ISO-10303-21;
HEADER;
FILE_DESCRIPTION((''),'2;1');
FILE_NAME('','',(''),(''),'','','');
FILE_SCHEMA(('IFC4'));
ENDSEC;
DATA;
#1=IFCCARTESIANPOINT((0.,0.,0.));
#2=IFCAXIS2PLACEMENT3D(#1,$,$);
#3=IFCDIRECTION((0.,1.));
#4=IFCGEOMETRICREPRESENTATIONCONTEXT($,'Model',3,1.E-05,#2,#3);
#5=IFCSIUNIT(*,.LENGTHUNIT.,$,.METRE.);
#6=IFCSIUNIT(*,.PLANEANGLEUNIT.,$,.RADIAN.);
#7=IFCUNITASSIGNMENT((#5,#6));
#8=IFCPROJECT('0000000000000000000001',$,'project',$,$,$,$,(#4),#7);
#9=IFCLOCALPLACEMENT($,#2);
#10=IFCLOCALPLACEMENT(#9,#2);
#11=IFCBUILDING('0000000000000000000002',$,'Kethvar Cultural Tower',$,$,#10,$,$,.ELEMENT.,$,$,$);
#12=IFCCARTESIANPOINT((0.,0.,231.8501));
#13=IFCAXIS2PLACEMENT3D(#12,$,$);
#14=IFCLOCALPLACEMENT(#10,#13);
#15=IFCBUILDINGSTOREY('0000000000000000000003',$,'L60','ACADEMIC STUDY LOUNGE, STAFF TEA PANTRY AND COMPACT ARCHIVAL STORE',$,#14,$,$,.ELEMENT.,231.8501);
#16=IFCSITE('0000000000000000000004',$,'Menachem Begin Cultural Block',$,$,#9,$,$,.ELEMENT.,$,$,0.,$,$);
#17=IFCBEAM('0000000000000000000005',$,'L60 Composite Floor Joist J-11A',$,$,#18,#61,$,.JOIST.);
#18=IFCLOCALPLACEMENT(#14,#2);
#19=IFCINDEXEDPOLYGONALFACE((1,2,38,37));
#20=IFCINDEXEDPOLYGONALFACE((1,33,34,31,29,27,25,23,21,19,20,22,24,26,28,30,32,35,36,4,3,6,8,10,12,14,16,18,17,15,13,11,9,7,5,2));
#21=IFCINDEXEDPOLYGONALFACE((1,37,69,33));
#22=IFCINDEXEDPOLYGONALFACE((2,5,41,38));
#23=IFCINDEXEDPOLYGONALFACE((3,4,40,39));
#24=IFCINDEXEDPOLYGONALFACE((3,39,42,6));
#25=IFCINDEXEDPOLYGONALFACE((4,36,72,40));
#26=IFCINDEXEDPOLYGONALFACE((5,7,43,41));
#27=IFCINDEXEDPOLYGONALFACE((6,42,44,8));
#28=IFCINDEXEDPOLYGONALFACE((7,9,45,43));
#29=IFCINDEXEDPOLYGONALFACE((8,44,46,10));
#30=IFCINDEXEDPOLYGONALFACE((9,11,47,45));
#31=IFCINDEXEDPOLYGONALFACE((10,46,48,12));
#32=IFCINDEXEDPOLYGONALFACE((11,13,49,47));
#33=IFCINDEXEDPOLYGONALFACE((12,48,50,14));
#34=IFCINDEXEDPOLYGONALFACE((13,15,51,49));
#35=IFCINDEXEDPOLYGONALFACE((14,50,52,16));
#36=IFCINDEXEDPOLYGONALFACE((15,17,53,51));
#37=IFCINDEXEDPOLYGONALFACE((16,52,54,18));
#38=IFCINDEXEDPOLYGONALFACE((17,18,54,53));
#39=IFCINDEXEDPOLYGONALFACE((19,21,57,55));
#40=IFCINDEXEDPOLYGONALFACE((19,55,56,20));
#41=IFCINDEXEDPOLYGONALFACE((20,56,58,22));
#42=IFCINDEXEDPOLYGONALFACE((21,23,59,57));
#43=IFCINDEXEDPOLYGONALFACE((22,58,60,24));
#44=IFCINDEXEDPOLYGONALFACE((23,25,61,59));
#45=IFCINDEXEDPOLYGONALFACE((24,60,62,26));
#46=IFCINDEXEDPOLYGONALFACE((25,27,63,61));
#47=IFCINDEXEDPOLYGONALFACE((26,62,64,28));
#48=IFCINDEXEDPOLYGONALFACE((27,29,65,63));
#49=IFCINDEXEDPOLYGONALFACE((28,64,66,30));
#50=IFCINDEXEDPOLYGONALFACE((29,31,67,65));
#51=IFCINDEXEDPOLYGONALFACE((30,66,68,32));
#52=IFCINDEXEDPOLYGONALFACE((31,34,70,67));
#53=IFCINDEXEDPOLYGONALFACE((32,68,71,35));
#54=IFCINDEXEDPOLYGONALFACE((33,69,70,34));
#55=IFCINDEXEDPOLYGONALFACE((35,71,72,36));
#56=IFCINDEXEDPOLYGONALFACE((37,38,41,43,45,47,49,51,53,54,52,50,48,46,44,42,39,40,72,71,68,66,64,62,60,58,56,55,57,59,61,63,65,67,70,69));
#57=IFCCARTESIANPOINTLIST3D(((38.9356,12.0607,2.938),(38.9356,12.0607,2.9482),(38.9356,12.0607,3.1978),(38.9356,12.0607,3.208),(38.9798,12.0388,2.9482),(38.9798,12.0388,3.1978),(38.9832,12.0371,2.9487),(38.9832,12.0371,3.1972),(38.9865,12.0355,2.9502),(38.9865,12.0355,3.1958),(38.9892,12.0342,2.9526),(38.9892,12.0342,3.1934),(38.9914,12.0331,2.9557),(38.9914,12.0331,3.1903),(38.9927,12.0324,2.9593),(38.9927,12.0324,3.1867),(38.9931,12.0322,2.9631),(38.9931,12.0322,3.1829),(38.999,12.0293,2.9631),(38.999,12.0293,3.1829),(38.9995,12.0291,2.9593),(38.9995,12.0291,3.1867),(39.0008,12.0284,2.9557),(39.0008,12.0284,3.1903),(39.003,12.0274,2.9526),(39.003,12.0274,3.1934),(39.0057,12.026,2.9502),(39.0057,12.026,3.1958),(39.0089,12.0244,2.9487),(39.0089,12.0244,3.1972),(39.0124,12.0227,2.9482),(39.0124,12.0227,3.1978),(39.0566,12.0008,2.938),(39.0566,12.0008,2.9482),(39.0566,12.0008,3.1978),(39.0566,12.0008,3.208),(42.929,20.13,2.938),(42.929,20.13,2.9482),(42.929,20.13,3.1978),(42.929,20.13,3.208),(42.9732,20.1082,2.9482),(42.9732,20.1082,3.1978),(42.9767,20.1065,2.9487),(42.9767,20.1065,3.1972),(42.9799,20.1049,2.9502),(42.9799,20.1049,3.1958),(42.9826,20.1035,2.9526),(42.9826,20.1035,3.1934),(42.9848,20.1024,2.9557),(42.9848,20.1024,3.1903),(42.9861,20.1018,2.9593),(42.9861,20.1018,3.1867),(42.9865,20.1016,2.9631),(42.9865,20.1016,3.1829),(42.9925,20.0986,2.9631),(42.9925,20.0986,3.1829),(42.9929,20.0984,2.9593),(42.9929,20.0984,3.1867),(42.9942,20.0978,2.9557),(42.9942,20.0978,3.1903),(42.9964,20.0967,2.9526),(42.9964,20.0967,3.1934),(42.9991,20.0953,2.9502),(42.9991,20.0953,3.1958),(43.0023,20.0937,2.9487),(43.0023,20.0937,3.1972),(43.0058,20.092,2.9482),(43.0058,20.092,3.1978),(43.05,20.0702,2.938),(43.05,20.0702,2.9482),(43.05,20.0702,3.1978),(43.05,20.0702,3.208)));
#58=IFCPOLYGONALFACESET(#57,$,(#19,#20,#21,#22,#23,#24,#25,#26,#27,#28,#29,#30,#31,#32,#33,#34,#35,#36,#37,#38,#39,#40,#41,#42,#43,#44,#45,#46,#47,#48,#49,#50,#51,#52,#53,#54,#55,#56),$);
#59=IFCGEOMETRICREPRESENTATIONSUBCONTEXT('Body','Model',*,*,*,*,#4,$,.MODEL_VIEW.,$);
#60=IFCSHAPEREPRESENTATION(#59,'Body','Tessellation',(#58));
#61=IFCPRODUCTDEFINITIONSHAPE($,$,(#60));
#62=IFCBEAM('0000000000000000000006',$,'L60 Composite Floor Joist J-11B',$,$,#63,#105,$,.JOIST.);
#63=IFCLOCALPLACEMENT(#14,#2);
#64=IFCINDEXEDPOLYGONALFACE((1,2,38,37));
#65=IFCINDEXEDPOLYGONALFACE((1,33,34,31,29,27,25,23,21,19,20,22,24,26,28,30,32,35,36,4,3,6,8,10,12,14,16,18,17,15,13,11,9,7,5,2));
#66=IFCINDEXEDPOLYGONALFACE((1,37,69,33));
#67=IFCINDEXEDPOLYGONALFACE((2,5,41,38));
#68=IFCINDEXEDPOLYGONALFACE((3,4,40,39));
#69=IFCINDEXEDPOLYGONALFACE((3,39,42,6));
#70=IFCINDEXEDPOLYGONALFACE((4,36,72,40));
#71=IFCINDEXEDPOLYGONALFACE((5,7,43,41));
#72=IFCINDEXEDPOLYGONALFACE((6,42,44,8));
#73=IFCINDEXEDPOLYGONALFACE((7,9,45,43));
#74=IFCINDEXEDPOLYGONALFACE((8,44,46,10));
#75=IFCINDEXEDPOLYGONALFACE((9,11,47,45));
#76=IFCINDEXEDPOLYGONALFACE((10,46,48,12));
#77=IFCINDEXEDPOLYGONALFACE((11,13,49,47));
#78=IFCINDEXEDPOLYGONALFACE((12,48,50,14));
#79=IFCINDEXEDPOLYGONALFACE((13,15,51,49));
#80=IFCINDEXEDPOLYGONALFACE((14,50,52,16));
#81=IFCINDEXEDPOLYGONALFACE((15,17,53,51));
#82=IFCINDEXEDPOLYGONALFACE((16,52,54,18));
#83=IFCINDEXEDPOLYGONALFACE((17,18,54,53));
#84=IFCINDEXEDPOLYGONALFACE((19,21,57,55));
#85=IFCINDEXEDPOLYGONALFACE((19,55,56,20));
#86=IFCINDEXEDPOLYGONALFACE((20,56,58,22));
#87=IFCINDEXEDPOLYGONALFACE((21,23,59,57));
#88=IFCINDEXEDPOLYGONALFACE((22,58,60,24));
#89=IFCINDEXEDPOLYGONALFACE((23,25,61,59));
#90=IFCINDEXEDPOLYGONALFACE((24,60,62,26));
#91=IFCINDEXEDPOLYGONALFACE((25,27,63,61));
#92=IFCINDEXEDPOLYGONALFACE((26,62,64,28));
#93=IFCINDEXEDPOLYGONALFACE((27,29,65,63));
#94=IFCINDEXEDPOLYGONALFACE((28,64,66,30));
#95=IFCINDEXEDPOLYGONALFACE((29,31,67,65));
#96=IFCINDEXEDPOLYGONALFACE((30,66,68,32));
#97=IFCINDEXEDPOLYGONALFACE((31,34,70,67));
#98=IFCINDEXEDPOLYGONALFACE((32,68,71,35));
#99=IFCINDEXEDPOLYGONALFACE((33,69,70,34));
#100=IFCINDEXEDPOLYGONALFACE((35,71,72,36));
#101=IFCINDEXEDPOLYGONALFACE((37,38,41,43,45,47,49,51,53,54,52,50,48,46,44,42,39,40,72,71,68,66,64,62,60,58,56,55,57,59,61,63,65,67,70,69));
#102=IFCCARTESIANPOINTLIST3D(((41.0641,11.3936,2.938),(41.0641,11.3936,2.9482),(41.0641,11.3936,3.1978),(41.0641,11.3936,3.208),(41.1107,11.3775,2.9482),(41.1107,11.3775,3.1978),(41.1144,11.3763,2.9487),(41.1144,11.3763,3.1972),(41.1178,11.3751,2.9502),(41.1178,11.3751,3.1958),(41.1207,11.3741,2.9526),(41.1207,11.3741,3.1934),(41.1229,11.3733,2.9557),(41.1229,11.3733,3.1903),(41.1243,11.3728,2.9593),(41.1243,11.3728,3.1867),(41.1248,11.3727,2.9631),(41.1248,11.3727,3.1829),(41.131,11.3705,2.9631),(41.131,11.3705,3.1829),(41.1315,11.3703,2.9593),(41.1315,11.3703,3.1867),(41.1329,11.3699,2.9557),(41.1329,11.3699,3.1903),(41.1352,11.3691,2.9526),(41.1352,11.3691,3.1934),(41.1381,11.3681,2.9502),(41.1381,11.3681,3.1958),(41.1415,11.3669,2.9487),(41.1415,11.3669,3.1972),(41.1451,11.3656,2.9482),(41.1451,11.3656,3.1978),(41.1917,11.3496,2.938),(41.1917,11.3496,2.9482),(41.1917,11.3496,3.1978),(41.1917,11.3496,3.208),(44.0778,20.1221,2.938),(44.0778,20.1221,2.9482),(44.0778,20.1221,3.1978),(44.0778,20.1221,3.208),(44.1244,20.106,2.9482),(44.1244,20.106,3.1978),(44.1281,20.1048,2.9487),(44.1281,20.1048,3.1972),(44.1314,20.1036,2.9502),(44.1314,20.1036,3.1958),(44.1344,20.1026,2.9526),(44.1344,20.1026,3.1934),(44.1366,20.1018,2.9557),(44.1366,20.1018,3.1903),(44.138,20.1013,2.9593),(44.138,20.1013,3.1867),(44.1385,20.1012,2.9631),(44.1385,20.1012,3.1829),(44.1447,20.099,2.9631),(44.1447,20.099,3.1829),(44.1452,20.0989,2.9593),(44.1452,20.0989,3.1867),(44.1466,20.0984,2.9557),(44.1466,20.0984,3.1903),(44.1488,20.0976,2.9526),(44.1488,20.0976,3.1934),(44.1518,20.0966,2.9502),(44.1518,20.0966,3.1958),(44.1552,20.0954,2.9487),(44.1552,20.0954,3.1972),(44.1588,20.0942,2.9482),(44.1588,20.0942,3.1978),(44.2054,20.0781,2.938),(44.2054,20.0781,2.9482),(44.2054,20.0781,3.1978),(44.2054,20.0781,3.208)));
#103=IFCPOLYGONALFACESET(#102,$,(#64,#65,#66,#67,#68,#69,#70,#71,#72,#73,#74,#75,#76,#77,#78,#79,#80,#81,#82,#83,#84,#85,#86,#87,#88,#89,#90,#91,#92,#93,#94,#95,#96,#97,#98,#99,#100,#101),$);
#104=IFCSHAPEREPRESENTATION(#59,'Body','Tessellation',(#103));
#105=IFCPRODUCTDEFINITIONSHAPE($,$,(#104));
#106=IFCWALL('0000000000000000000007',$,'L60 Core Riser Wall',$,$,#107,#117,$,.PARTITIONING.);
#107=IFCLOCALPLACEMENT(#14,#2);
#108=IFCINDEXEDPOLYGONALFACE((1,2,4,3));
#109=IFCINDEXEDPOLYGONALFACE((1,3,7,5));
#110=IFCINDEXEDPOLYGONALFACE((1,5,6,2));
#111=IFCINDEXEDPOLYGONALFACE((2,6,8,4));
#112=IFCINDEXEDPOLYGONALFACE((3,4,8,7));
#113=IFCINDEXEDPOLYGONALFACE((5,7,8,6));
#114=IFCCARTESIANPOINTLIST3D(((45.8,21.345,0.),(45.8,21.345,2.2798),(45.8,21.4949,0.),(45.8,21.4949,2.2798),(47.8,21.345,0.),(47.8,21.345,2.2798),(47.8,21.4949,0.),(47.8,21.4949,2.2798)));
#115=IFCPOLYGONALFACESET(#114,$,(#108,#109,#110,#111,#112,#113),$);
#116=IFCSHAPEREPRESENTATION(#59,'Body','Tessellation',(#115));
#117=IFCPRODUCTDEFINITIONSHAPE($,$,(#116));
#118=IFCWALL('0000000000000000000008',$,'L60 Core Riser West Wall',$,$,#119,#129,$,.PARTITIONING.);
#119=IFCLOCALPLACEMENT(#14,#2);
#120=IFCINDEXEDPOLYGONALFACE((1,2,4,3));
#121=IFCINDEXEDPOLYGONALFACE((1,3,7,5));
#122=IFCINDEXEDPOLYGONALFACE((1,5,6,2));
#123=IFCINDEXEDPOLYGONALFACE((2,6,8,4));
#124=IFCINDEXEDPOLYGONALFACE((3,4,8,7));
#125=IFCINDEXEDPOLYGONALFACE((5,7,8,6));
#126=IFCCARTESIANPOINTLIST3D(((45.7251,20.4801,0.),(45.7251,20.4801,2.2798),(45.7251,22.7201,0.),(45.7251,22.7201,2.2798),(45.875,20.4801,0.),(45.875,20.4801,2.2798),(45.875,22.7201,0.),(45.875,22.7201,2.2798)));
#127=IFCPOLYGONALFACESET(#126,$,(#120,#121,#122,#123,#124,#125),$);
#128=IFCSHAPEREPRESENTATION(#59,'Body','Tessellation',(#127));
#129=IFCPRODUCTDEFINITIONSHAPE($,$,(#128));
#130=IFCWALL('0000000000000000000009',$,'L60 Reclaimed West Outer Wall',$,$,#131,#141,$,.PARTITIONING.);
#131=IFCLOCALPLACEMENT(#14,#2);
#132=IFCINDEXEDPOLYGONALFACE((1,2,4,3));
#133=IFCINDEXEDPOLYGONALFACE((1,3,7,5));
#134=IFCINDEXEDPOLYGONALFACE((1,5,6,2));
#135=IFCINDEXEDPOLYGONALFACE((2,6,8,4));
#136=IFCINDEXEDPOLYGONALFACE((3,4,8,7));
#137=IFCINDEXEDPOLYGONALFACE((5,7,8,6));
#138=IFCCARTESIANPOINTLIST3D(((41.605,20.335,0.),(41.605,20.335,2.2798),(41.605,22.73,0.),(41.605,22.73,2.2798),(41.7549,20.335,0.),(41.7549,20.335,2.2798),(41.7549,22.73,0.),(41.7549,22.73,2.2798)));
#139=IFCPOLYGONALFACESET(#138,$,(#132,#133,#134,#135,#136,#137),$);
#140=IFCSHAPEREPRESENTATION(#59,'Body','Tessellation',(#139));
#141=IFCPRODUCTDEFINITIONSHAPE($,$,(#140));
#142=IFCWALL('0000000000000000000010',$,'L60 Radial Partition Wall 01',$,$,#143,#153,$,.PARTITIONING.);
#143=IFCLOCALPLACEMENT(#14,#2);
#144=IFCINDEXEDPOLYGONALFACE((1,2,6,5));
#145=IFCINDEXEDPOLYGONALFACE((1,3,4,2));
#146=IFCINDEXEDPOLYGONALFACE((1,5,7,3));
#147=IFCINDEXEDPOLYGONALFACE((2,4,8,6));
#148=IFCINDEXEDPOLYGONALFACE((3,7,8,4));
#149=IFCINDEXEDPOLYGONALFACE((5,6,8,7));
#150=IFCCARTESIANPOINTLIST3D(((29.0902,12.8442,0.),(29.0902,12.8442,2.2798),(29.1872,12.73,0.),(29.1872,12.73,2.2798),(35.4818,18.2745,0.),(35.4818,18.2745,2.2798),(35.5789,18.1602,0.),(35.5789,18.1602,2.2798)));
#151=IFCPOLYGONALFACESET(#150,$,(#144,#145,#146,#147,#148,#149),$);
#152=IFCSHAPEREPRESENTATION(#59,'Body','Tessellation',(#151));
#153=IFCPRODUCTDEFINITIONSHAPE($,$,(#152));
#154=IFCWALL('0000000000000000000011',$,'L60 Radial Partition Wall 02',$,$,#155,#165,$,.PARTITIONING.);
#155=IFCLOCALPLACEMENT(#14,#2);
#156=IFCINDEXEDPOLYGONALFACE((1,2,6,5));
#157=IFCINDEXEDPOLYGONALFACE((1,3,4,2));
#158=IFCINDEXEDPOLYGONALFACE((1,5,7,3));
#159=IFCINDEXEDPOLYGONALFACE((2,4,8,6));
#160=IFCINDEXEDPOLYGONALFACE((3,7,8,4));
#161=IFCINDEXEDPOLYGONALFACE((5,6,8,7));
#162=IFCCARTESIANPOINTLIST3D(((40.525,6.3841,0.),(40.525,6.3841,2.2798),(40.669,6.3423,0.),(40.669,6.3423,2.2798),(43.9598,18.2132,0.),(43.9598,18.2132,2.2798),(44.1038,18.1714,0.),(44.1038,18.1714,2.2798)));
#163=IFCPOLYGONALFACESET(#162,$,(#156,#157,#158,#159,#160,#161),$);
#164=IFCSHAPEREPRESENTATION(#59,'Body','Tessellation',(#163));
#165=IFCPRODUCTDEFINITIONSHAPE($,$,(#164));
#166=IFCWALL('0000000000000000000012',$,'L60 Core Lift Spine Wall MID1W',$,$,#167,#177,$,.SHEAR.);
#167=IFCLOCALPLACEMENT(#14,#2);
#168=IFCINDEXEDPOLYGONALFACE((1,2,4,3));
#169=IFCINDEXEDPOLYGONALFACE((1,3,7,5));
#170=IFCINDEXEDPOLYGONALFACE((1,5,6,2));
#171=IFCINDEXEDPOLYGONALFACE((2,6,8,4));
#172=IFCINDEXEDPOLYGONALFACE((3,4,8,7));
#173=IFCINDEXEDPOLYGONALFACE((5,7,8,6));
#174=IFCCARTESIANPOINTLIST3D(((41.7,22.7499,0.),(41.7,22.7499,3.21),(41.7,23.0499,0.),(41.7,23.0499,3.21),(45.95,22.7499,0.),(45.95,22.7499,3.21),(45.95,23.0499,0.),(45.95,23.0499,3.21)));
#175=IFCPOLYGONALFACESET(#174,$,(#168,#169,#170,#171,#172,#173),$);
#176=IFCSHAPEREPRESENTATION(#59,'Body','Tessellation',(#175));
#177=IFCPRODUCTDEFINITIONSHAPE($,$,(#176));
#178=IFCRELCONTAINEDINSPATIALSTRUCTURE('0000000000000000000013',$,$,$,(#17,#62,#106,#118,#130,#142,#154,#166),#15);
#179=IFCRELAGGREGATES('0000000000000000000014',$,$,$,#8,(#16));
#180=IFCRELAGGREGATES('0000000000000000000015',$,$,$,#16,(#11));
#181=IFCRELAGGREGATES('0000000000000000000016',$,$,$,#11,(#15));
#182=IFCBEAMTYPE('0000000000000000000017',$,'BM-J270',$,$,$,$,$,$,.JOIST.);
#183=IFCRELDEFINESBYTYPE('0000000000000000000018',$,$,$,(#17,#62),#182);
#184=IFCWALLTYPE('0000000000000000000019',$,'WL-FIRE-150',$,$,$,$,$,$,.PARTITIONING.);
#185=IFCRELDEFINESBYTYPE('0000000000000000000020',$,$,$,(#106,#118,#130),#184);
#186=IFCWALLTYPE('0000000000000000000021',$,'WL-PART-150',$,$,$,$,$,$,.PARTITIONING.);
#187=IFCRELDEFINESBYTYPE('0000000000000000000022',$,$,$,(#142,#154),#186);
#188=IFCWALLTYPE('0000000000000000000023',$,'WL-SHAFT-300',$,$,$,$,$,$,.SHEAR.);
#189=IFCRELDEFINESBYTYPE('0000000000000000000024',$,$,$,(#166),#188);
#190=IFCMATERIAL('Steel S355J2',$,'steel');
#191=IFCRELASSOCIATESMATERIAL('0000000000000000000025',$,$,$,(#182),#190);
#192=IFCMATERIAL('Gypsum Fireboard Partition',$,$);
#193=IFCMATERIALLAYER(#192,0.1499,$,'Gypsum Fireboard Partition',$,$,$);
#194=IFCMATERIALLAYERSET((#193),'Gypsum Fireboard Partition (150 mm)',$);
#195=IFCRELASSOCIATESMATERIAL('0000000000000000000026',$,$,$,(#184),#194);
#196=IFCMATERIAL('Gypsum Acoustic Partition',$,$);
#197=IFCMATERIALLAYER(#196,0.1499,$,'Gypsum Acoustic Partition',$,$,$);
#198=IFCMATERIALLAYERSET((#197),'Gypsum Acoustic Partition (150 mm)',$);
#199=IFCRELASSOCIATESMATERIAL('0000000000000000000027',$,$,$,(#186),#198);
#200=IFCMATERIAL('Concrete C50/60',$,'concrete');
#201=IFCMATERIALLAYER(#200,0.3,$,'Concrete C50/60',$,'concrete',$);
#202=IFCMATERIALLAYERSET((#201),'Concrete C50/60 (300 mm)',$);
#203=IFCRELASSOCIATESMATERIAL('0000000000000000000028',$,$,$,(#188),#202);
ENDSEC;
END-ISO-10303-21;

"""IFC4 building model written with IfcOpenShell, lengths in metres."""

from ifc_helpers import new_model, si_unit, direction, frame, frame_2d, origin, origin_2d, place, context, subcontext, project, spatial, rectangle, i_section, extrude, source, transform, mapped, material, layer, layer_set, material_profile, profile_set, type_object, element, save


model = new_model("IFC4")

# Units and contexts
model_context = context("Model", 3, precision=1e-05, world=origin(), true_north=direction((0.0, 1.0)))
body_context = subcontext(model_context, "Body", "Model", "MODEL_VIEW")
ifc_project = project(units=[si_unit("LENGTHUNIT", "METRE"), si_unit("PLANEANGLEUNIT", "RADIAN")], contexts=[model_context])

# Site, building, storey
site_placement = place(None, origin())
site = spatial("IfcSite", under=ifc_project, at=site_placement, Name="Menachem Begin Cultural Block", CompositionType="ELEMENT", RefElevation=0.0)
building_placement = place(site_placement, origin())
building = spatial("IfcBuilding", under=site, at=building_placement, Name="Kethvar Cultural Tower", CompositionType="ELEMENT")
storey_placement = place(building_placement, frame((0.0, 0.0, 231.8501)))
storey = spatial("IfcBuildingStorey", under=building, at=storey_placement, Name="L60", Description="ACADEMIC STUDY LOUNGE, STAFF TEA PANTRY AND COMPACT ARCHIVAL STORE", CompositionType="ELEMENT", Elevation=231.8501)

# Beams
ifc_material_1 = material(Name="Steel S355J2", Category="steel")
ifc_material_profile_1 = material_profile(ifc_material_1, i_section(OverallWidth=0.135, OverallDepth=0.27, WebThickness=0.0066, FlangeThickness=0.0103, FilletRadius=0.0149, at=origin_2d()), Name="Steel S355J2 — IPE270")
ifc_profile_set_1 = profile_set([ifc_material_profile_1], Name="Steel S355J2 — IPE270")
beam_type_1 = type_object("IfcBeamType", Name="BM-J270", PredefinedType="JOIST", material=ifc_profile_set_1)
shared_shape_1 = source(origin(), body_context, "Body", "SweptSolid", [
    extrude(i_section(OverallWidth=0.135, OverallDepth=0.27, WebThickness=0.0066, FlangeThickness=0.0103, FilletRadius=0.0149, at=origin_2d()), origin(), (0.0, 0.0, 1.0), 9.0034),
])
beam_1_placement = place(storey_placement, frame((42.9895, 20.1001, 3.073), z_axis=(-0.443544, -0.896253, 0.0), x_axis=(0.896253, -0.443544, 0.0)))
element("IfcBeam", 1, at=beam_1_placement, inside=storey, type_object=beam_type_1, Name="L60 Composite Floor Joist J-11A", PredefinedType="JOIST", context=body_context, shape_type="MappedRepresentation", body=[
    mapped(shared_shape_1, transform((0.0, 0.0, 0.0), scale=1.0)),
])
shared_shape_2 = source(origin(), body_context, "Body", "SweptSolid", [
    extrude(i_section(OverallWidth=0.135, OverallDepth=0.27, WebThickness=0.0066, FlangeThickness=0.0103, FilletRadius=0.0149, at=origin_2d()), origin(), (0.0, 0.0, 1.0), 9.2341),
])
beam_2_placement = place(storey_placement, frame((44.1416, 20.1001, 3.073), z_axis=(-0.326362, -0.945245, 0.0), x_axis=(0.945245, -0.326362, 0.0)))
element("IfcBeam", 2, at=beam_2_placement, inside=storey, type_object=beam_type_1, Name="L60 Composite Floor Joist J-11B", PredefinedType="JOIST", context=body_context, shape_type="MappedRepresentation", body=[
    mapped(shared_shape_2, transform((0.0, 0.0, 0.0), scale=1.0)),
])

# Shared definitions
ifc_material_2 = material(Name="Concrete C50/60", Category="concrete")

# Walls
ifc_material_3 = material(Name="Gypsum Fireboard Partition")
ifc_layer_1 = layer(ifc_material_3, 0.1499, Name="Gypsum Fireboard Partition")
ifc_layer_set_1 = layer_set([ifc_layer_1], Name="Gypsum Fireboard Partition (150 mm)")
wall_type_1 = type_object("IfcWallType", Name="WL-FIRE-150", PredefinedType="PARTITIONING", material=ifc_layer_set_1)
wall_1_placement = place(storey_placement, frame((45.8, 21.4199, 0.0), z_axis=(0.0, 0.0, 1.0), x_axis=(1.0, 0.0, 0.0)))
element("IfcWall", 3, at=wall_1_placement, inside=storey, type_object=wall_type_1, Name="L60 Core Riser Wall", PredefinedType="PARTITIONING", context=body_context, shape_type="SweptSolid", body=[
    extrude(rectangle(XDim=2.0, YDim=0.1499, at=frame_2d((1.0, 0.0))), origin(), (0.0, 0.0, 1.0), 2.2798),
])
wall_2_placement = place(storey_placement, frame((45.8, 20.48, 0.0), z_axis=(0.0, 0.0, 1.0), x_axis=(0.0, 1.0, 0.0)))
element("IfcWall", 4, at=wall_2_placement, inside=storey, type_object=wall_type_1, Name="L60 Core Riser West Wall", PredefinedType="PARTITIONING", context=body_context, shape_type="SweptSolid", body=[
    extrude(rectangle(XDim=2.24, YDim=0.1499, at=frame_2d((1.1201, 0.0))), origin(), (0.0, 0.0, 1.0), 2.2798),
])
wall_3_placement = place(storey_placement, frame((41.6799, 20.335, 0.0), z_axis=(0.0, 0.0, 1.0), x_axis=(0.0, 1.0, 0.0)))
element("IfcWall", 5, at=wall_3_placement, inside=storey, type_object=wall_type_1, Name="L60 Reclaimed West Outer Wall", PredefinedType="PARTITIONING", context=body_context, shape_type="SweptSolid", body=[
    extrude(rectangle(XDim=2.395, YDim=0.1499, at=frame_2d((1.1975, 0.0))), origin(), (0.0, 0.0, 1.0), 2.2798),
])

# Walls
ifc_material_4 = material(Name="Gypsum Acoustic Partition")
ifc_layer_2 = layer(ifc_material_4, 0.1499, Name="Gypsum Acoustic Partition")
ifc_layer_set_2 = layer_set([ifc_layer_2], Name="Gypsum Acoustic Partition (150 mm)")
wall_type_2 = type_object("IfcWallType", Name="WL-PART-150", PredefinedType="PARTITIONING", material=ifc_layer_set_2)
wall_4_placement = place(storey_placement, frame((35.5303, 18.2173, 0.0), z_axis=(0.0, 0.0, 1.0), x_axis=(-0.762097, -0.647463, 0.0)))
element("IfcWall", 6, at=wall_4_placement, inside=storey, type_object=wall_type_2, Name="L60 Radial Partition Wall 01", PredefinedType="PARTITIONING", context=body_context, shape_type="SweptSolid", body=[
    extrude(rectangle(XDim=8.387, YDim=0.1499, at=frame_2d((4.1934, 0.0))), origin(), (0.0, 0.0, 1.0), 2.2798),
])
wall_5_placement = place(storey_placement, frame((44.0317, 18.1921, 0.0), z_axis=(0.0, 0.0, 1.0), x_axis=(-0.278852, -0.960334, 0.0)))
element("IfcWall", 7, at=wall_5_placement, inside=storey, type_object=wall_type_2, Name="L60 Radial Partition Wall 02", PredefinedType="PARTITIONING", context=body_context, shape_type="SweptSolid", body=[
    extrude(rectangle(XDim=12.3176, YDim=0.1499, at=frame_2d((6.1587, 0.0))), origin(), (0.0, 0.0, 1.0), 2.2798),
])
ifc_layer_3 = layer(ifc_material_2, 0.3, Name="Concrete C50/60", Category="concrete")
ifc_layer_set_3 = layer_set([ifc_layer_3], Name="Concrete C50/60 (300 mm)")
wall_type_3 = type_object("IfcWallType", Name="WL-SHAFT-300", PredefinedType="SHEAR", material=ifc_layer_set_3)
wall_6_placement = place(storey_placement, frame((41.7, 22.8999, 0.0), z_axis=(0.0, 0.0, 1.0), x_axis=(1.0, 0.0, 0.0)))
element("IfcWall", 8, at=wall_6_placement, inside=storey, type_object=wall_type_3, Name="L60 Core Lift Spine Wall MID1W", PredefinedType="SHEAR", context=body_context, shape_type="SweptSolid", body=[
    extrude(rectangle(XDim=4.25, YDim=0.3, at=frame_2d((2.125, 0.0))), origin(), (0.0, 0.0, 1.0), 3.21),
])

save(model, "model.ifc")
